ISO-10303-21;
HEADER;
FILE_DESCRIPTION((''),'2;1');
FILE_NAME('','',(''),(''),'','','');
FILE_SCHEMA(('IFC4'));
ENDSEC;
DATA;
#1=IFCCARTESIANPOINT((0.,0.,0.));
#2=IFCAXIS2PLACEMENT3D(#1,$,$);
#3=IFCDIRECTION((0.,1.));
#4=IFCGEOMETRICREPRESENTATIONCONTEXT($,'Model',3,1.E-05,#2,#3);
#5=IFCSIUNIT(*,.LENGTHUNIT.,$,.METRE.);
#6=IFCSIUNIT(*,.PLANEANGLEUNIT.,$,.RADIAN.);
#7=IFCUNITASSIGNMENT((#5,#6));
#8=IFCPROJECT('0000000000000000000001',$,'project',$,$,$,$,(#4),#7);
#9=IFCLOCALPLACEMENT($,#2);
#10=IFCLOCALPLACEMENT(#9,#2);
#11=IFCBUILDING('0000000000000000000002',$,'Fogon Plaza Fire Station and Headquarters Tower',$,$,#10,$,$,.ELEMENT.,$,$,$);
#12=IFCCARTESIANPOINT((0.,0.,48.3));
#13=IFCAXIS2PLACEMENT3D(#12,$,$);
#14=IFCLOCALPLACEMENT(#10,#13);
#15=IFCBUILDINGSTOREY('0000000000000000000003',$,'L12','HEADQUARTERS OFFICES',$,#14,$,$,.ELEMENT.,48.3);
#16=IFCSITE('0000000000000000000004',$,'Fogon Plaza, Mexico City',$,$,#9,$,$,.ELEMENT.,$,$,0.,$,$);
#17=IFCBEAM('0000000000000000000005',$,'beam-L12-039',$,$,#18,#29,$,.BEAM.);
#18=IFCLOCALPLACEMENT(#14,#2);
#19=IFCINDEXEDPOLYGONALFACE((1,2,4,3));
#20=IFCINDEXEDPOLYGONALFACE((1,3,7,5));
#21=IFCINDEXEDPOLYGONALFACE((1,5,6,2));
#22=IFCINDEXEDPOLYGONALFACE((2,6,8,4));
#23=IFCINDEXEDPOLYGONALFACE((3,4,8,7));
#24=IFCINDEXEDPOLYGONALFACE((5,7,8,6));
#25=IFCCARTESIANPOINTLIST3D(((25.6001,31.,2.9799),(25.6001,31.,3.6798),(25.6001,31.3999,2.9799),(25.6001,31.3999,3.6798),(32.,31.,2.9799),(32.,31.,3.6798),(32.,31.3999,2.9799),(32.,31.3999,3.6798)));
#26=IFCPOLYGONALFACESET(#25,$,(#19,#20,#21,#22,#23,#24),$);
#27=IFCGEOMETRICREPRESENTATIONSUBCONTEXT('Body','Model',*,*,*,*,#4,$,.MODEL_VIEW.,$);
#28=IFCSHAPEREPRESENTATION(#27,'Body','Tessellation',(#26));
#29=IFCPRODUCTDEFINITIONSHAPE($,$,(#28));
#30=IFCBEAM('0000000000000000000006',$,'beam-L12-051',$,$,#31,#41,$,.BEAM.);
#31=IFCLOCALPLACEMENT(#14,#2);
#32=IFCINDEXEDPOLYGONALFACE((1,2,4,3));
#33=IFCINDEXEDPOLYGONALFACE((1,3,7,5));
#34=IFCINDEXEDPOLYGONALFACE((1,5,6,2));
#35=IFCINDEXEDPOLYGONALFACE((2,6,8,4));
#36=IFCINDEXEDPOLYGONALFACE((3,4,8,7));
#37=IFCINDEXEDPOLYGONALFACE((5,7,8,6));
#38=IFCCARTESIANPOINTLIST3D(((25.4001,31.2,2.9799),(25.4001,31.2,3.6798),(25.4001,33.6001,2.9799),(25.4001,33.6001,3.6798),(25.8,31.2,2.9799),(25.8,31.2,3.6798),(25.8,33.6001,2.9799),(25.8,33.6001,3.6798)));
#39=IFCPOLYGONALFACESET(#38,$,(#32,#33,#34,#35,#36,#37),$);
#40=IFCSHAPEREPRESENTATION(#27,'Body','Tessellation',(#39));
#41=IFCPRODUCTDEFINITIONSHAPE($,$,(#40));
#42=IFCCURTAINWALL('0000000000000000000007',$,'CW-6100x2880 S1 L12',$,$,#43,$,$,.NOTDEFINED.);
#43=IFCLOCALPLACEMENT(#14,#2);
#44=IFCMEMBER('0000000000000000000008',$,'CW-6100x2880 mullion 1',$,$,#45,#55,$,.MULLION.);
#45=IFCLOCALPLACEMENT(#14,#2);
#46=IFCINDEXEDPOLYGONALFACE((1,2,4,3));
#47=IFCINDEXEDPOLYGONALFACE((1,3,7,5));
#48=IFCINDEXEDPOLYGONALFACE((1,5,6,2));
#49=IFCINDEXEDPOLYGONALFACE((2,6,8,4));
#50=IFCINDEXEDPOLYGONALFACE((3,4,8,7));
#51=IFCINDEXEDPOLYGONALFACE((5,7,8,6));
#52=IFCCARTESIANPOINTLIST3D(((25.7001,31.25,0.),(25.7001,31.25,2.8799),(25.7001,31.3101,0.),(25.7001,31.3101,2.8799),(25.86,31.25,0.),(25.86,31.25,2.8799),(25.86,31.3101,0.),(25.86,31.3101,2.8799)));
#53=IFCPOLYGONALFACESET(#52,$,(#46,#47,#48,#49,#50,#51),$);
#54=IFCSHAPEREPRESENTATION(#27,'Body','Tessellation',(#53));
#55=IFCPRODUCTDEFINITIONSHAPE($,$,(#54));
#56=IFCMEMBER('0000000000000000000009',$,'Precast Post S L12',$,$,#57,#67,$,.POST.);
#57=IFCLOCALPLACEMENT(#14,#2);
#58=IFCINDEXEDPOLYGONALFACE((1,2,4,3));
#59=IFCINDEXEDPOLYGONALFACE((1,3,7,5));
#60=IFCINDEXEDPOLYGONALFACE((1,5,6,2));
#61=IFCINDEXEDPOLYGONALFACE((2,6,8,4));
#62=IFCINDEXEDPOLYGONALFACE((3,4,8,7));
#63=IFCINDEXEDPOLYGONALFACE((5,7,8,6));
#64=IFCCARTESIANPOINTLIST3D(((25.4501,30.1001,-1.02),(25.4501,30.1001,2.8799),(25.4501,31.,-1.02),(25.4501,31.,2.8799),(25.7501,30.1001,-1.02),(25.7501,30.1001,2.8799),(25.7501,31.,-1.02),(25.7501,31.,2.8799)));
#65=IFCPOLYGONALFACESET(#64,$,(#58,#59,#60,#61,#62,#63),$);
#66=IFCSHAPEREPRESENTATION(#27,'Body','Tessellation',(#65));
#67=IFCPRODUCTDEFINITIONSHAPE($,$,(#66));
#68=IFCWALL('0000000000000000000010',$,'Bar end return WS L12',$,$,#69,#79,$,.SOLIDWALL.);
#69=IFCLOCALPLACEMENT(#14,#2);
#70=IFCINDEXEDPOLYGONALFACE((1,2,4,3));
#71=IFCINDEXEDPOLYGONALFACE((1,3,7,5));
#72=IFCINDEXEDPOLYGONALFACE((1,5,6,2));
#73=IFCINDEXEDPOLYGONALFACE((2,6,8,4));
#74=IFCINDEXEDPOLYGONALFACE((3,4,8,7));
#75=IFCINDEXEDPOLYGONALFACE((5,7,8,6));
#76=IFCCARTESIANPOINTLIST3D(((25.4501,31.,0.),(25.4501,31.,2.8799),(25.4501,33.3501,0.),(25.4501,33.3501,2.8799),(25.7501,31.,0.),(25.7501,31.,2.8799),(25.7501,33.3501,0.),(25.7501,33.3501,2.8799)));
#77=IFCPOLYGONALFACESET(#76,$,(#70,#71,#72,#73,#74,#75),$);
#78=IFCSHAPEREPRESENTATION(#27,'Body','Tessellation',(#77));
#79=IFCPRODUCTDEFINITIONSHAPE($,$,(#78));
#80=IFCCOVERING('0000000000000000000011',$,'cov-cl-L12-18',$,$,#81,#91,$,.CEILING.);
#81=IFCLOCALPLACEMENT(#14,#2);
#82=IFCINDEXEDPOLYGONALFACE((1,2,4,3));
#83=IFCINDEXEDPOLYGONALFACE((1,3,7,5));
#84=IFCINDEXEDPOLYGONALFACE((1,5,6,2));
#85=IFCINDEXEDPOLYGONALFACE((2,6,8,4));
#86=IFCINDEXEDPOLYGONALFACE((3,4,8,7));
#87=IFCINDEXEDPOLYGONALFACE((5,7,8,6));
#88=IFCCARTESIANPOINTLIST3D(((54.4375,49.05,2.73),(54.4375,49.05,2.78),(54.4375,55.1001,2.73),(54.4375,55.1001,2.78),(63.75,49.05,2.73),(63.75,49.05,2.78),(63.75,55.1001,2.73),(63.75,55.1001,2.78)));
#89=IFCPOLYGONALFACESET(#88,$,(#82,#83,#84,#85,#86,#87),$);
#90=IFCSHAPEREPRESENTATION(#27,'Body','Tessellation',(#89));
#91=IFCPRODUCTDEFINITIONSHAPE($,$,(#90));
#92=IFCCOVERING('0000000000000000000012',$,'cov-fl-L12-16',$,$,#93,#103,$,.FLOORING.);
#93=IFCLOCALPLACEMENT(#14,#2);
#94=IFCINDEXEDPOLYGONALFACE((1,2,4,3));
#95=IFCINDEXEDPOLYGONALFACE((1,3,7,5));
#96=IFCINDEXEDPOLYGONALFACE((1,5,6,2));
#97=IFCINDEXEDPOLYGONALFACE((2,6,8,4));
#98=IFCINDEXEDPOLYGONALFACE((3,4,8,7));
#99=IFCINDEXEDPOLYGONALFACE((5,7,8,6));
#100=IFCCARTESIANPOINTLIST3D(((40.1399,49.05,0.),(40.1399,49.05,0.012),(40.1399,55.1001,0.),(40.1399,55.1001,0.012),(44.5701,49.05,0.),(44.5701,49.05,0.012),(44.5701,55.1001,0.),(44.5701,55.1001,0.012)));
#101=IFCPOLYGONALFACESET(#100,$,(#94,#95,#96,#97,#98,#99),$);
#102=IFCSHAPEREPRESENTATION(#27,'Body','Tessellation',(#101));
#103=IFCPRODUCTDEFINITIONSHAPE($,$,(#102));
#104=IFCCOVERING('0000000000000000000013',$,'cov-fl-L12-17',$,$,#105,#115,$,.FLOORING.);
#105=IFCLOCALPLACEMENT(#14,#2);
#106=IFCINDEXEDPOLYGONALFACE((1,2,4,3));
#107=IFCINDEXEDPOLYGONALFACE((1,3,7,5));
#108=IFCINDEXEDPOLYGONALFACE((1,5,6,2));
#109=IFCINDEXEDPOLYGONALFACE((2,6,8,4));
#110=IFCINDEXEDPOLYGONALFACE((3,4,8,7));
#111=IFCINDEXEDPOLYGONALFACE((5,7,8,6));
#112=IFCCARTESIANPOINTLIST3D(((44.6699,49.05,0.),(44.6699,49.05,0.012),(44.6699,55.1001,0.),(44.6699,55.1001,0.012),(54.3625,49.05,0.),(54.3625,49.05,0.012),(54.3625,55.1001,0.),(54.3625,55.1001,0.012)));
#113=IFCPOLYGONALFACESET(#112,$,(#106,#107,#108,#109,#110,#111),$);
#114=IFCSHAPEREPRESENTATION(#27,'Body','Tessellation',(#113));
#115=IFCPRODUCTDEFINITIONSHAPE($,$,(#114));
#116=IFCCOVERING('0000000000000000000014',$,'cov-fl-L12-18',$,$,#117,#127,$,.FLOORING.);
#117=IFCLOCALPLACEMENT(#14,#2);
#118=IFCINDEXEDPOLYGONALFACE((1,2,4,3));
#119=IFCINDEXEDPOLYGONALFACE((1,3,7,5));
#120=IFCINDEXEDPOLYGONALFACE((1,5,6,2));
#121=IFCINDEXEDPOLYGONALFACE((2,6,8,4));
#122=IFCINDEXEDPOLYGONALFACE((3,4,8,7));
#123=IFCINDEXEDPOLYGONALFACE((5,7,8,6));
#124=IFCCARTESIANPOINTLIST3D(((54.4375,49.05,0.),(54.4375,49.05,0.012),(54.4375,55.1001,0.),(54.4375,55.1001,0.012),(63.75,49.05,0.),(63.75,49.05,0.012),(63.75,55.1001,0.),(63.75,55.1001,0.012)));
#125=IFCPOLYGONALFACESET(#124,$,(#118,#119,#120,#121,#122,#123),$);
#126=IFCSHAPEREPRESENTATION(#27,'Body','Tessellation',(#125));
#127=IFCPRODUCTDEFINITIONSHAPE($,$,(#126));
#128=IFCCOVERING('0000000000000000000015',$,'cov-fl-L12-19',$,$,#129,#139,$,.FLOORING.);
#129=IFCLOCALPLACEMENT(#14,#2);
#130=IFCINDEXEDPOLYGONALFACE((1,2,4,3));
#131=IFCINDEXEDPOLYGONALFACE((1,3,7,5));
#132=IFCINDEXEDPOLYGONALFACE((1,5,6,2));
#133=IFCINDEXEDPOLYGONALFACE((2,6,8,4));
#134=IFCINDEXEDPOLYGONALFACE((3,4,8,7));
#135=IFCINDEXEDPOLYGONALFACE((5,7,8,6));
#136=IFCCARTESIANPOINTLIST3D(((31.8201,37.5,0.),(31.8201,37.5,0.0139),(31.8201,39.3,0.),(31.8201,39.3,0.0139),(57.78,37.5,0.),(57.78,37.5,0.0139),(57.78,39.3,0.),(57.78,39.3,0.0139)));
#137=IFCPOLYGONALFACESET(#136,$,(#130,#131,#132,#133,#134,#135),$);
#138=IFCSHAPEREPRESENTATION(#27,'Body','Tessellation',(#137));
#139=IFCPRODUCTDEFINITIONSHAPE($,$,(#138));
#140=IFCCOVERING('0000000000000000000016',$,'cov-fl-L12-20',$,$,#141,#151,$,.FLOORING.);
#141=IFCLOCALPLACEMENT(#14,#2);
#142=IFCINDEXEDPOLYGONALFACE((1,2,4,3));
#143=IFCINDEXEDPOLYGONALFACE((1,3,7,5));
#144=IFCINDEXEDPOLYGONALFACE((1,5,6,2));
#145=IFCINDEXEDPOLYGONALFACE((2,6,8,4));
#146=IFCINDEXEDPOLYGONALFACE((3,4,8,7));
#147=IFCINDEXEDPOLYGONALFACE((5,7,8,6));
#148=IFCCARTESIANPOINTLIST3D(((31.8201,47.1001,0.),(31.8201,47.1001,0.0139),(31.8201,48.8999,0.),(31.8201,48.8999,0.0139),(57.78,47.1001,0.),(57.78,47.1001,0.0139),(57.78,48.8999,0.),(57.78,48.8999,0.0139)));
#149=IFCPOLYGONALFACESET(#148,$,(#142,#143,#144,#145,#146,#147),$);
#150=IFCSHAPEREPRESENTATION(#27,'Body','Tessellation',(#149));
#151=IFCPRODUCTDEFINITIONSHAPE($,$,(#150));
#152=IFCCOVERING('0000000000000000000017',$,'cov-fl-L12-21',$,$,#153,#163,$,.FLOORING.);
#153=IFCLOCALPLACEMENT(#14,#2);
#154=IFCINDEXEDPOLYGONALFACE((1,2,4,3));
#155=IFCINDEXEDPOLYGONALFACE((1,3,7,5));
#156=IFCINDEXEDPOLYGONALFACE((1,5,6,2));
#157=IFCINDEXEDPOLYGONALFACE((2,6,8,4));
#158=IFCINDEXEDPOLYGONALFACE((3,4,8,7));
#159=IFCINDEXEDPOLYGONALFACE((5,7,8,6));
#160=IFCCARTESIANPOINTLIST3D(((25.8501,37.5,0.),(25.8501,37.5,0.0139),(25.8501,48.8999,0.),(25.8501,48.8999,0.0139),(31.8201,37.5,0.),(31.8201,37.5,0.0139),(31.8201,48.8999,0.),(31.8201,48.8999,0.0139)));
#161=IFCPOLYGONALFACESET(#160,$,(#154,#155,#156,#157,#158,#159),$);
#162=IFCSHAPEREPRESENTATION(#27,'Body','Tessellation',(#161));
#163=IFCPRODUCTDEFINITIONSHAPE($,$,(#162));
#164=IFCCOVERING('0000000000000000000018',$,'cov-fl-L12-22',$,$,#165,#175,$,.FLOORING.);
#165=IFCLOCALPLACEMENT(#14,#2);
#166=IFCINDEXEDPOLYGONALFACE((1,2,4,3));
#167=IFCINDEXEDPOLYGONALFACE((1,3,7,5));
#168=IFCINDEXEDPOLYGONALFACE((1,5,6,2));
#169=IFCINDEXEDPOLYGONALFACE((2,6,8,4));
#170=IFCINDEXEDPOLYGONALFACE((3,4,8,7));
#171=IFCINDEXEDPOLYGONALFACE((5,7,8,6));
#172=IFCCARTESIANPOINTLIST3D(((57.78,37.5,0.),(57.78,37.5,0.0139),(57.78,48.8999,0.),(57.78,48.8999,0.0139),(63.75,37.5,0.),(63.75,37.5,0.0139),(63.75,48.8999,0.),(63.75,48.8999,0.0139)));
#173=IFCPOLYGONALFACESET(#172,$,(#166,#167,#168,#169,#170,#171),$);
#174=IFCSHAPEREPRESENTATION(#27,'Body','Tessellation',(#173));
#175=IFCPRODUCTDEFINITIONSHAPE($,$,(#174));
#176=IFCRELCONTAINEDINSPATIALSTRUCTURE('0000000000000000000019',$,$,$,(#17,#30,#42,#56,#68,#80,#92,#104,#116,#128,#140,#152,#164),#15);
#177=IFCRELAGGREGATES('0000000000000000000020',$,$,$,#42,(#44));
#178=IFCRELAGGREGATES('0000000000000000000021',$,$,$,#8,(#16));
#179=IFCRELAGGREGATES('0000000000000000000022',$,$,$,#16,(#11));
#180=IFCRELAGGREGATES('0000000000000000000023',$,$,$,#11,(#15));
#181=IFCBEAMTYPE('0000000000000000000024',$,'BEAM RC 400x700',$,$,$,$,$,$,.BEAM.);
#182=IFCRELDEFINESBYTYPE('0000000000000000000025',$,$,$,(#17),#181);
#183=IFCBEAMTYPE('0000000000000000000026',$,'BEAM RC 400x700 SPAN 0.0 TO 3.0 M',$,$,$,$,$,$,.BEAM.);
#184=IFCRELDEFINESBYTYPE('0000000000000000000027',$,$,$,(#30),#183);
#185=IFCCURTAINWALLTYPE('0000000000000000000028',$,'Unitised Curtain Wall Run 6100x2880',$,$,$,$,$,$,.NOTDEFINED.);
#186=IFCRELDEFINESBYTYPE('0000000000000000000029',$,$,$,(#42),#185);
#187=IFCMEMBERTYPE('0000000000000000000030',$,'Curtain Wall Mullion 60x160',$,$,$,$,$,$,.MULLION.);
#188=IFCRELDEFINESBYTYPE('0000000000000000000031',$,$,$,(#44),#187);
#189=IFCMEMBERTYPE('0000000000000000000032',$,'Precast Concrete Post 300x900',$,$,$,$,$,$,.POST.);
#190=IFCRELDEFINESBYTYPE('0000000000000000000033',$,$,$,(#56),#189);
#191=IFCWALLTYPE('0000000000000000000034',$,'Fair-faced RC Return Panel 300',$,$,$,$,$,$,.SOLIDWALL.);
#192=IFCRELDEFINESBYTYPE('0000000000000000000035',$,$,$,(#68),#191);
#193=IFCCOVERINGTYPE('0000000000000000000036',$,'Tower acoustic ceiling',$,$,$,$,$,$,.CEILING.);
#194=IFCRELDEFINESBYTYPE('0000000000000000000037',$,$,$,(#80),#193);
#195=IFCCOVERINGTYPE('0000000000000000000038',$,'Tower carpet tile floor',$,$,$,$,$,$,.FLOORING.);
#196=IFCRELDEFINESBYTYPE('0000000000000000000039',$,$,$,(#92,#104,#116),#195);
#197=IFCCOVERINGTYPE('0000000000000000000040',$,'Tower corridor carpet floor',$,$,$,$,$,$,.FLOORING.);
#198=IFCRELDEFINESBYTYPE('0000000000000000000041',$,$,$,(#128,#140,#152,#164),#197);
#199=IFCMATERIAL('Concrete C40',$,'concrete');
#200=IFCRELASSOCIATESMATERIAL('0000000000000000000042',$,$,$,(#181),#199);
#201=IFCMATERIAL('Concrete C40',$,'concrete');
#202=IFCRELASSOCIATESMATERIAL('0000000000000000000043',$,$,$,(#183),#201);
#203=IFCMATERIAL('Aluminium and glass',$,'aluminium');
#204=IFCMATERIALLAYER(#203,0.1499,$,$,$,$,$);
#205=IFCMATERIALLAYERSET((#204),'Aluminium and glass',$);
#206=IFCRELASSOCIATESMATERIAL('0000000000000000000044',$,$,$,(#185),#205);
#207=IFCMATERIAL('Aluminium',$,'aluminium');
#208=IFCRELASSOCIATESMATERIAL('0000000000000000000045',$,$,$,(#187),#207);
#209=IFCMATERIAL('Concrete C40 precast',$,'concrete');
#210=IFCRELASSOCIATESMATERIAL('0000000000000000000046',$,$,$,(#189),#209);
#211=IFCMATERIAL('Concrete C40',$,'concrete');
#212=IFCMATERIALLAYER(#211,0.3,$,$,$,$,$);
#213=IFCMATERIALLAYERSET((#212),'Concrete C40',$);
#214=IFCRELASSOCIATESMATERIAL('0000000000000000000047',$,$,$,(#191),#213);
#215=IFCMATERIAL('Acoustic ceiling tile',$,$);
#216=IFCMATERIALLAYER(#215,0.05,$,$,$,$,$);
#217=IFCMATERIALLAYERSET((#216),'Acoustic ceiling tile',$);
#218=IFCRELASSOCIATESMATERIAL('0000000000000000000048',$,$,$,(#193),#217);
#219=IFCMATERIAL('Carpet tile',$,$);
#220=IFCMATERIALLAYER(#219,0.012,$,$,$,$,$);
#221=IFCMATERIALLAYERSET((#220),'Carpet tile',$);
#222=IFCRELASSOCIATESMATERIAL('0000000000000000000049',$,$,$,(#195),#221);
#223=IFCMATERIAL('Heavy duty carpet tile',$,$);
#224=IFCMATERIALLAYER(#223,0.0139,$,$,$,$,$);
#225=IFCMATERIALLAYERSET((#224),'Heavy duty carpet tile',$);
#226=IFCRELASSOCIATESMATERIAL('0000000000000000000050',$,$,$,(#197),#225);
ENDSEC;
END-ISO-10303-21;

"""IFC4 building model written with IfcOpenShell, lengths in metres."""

from ifc_helpers import new_model, si_unit, direction, frame, frame_2d, origin, origin_2d, place, context, subcontext, project, spatial, polyline, rectangle, outline, extrude, material, layer, layer_set, material_profile, profile_set, type_object, element, aggregate, save


model = new_model("IFC4")

# Units and contexts
model_context = context("Model", 3, precision=1e-05, world=origin(), true_north=direction((0.0, 1.0)))
body_context = subcontext(model_context, "Body", "Model", "MODEL_VIEW")
ifc_project = project(units=[si_unit("LENGTHUNIT", "METRE"), si_unit("PLANEANGLEUNIT", "RADIAN")], contexts=[model_context])

# Site, building, storey
site_placement = place(None, origin())
site = spatial("IfcSite", under=ifc_project, at=site_placement, Name="Fogon Plaza, Mexico City", CompositionType="ELEMENT", RefElevation=0.0)
building_placement = place(site_placement, origin())
building = spatial("IfcBuilding", under=site, at=building_placement, Name="Fogon Plaza Fire Station and Headquarters Tower", CompositionType="ELEMENT")
storey_placement = place(building_placement, frame((0.0, 0.0, 48.3)))
storey = spatial("IfcBuildingStorey", under=building, at=storey_placement, Name="L12", Description="HEADQUARTERS OFFICES", CompositionType="ELEMENT", Elevation=48.3)

# Beams
ifc_material_1 = material(Name="Concrete C40", Category="concrete")
ifc_material_profile_1 = material_profile(ifc_material_1, rectangle(XDim=0.3999, YDim=0.7, at=origin_2d()), Name="RC 400x700")
ifc_profile_set_1 = profile_set([ifc_material_profile_1], Name="Concrete C40")
beam_type_1 = type_object("IfcBeamType", Name="BEAM RC 400x700", PredefinedType="BEAM", material=ifc_profile_set_1)
beam_1_placement = place(storey_placement, frame((25.6001, 31.2, 3.3298), z_axis=(1.0, 0.0, 0.0), x_axis=(0.0, 1.0, 0.0)))
element("IfcBeam", 1, at=beam_1_placement, inside=storey, type_object=beam_type_1, Name="beam-L12-039", PredefinedType="BEAM", context=body_context, shape_type="SweptSolid", body=[
    extrude(rectangle(XDim=0.3999, YDim=0.7, at=origin_2d()), origin(), (0.0, 0.0, 1.0), 6.3999),
])
ifc_material_2 = material(Name="Concrete C40", Category="concrete")
ifc_material_profile_2 = material_profile(ifc_material_2, rectangle(XDim=0.3999, YDim=0.7, at=origin_2d()), Name="RC 400x700")
ifc_profile_set_2 = profile_set([ifc_material_profile_2], Name="Concrete C40")
beam_type_2 = type_object("IfcBeamType", Name="BEAM RC 400x700 SPAN 0.0 TO 3.0 M", PredefinedType="BEAM", material=ifc_profile_set_2)
beam_2_placement = place(storey_placement, frame((25.6001, 31.2, 3.3298), z_axis=(0.0, 1.0, 0.0), x_axis=(-1.0, 0.0, 0.0)))
element("IfcBeam", 2, at=beam_2_placement, inside=storey, type_object=beam_type_2, Name="beam-L12-051", PredefinedType="BEAM", context=body_context, shape_type="SweptSolid", body=[
    extrude(rectangle(XDim=0.3999, YDim=0.7, at=origin_2d()), origin(), (0.0, 0.0, 1.0), 2.4001),
])

# Curtain wall, member
ifc_material_3 = material(Name="Aluminium and glass", Category="aluminium")
ifc_layer_1 = layer(ifc_material_3, 0.1499)
ifc_layer_set_1 = layer_set([ifc_layer_1], Name="Aluminium and glass")
curtain_wall_type = type_object("IfcCurtainWallType", Name="Unitised Curtain Wall Run 6100x2880", PredefinedType="NOTDEFINED", material=ifc_layer_set_1)
curtain_wall_placement = place(storey_placement, origin())
curtain_wall = element("IfcCurtainWall", 3, at=curtain_wall_placement, inside=storey, type_object=curtain_wall_type, Name="CW-6100x2880 S1 L12", PredefinedType="NOTDEFINED")
ifc_material_4 = material(Name="Aluminium", Category="aluminium")
ifc_material_profile_3 = material_profile(ifc_material_4, rectangle(XDim=0.0601, YDim=0.1599, at=origin_2d()), Name="Curtain Wall Mullion 60x160")
ifc_profile_set_3 = profile_set([ifc_material_profile_3], Name="Aluminium")
member_type_1 = type_object("IfcMemberType", Name="Curtain Wall Mullion 60x160", PredefinedType="MULLION", material=ifc_profile_set_3)
member_1_placement = place(storey_placement, frame((25.78, 31.28, 0.0), z_axis=(0.0, 0.0, 1.0), x_axis=(0.0, 1.0, 0.0)))
member_1 = element("IfcMember", 4, at=member_1_placement, type_object=member_type_1, Name="CW-6100x2880 mullion 1", PredefinedType="MULLION", context=body_context, shape_type="SweptSolid", body=[
    extrude(rectangle(XDim=0.0601, YDim=0.1599, at=origin_2d()), origin(), (0.0, 0.0, 1.0), 2.8799),
])
aggregate(curtain_wall, [member_1])

# Member
ifc_material_5 = material(Name="Concrete C40 precast", Category="concrete")
ifc_material_profile_4 = material_profile(ifc_material_5, rectangle(XDim=0.3, YDim=0.8999, at=origin_2d()), Name="Precast Concrete Post 300x900")
ifc_profile_set_4 = profile_set([ifc_material_profile_4], Name="Concrete C40 precast")
member_type_2 = type_object("IfcMemberType", Name="Precast Concrete Post 300x900", PredefinedType="POST", material=ifc_profile_set_4)
member_2_placement = place(storey_placement, frame((25.6001, 30.55, -1.02), z_axis=(0.0, 0.0, 1.0), x_axis=(1.0, 0.0, 0.0)))
element("IfcMember", 5, at=member_2_placement, inside=storey, type_object=member_type_2, Name="Precast Post S L12", PredefinedType="POST", context=body_context, shape_type="SweptSolid", body=[
    extrude(rectangle(XDim=0.3, YDim=0.8999, at=origin_2d()), origin(), (0.0, 0.0, 1.0), 3.8999),
])

# Wall
ifc_material_6 = material(Name="Concrete C40", Category="concrete")
ifc_layer_2 = layer(ifc_material_6, 0.3)
ifc_layer_set_2 = layer_set([ifc_layer_2], Name="Concrete C40")
wall_type = type_object("IfcWallType", Name="Fair-faced RC Return Panel 300", PredefinedType="SOLIDWALL", material=ifc_layer_set_2)
wall_placement = place(storey_placement, frame((25.6001, 31.0, 0.0), z_axis=(0.0, 0.0, 1.0), x_axis=(0.0, 1.0, 0.0)))
element("IfcWall", 6, at=wall_placement, inside=storey, type_object=wall_type, Name="Bar end return WS L12", PredefinedType="SOLIDWALL", context=body_context, shape_type="SweptSolid", body=[
    extrude(rectangle(XDim=2.3501, YDim=0.3, at=frame_2d((1.175, 0.0))), origin(), (0.0, 0.0, 1.0), 2.8799),
])

# Coverings
ifc_material_7 = material(Name="Acoustic ceiling tile")
ifc_layer_3 = layer(ifc_material_7, 0.05)
ifc_layer_set_3 = layer_set([ifc_layer_3], Name="Acoustic ceiling tile")
covering_type_1 = type_object("IfcCoveringType", Name="Tower acoustic ceiling", PredefinedType="CEILING", material=ifc_layer_set_3)
covering_1_placement = place(storey_placement, frame((0.0, 0.0, 2.73)))
element("IfcCovering", 7, at=covering_1_placement, inside=storey, type_object=covering_type_1, Name="cov-cl-L12-18", PredefinedType="CEILING", context=body_context, shape_type="SweptSolid", body=[
    extrude(outline(polyline([(63.75, 49.05), (63.75, 55.1001), (54.4375, 55.1001), (54.4375, 49.05), (63.75, 49.05)])), origin(), (0.0, 0.0, 1.0), 0.05),
])
ifc_material_8 = material(Name="Carpet tile")
ifc_layer_4 = layer(ifc_material_8, 0.012)
ifc_layer_set_4 = layer_set([ifc_layer_4], Name="Carpet tile")
covering_type_2 = type_object("IfcCoveringType", Name="Tower carpet tile floor", PredefinedType="FLOORING", material=ifc_layer_set_4)
covering_2_placement = place(storey_placement, origin())
element("IfcCovering", 8, at=covering_2_placement, inside=storey, type_object=covering_type_2, Name="cov-fl-L12-16", PredefinedType="FLOORING", context=body_context, shape_type="SweptSolid", body=[
    extrude(outline(polyline([(44.5701, 49.05), (44.5701, 55.1001), (40.1399, 55.1001), (40.1399, 49.05), (44.5701, 49.05)])), origin(), (0.0, 0.0, 1.0), 0.012),
])
covering_3_placement = place(storey_placement, origin())
element("IfcCovering", 9, at=covering_3_placement, inside=storey, type_object=covering_type_2, Name="cov-fl-L12-17", PredefinedType="FLOORING", context=body_context, shape_type="SweptSolid", body=[
    extrude(outline(polyline([(54.3625, 49.05), (54.3625, 55.1001), (44.6699, 55.1001), (44.6699, 49.05), (54.3625, 49.05)])), origin(), (0.0, 0.0, 1.0), 0.012),
])
covering_4_placement = place(storey_placement, origin())
element("IfcCovering", 10, at=covering_4_placement, inside=storey, type_object=covering_type_2, Name="cov-fl-L12-18", PredefinedType="FLOORING", context=body_context, shape_type="SweptSolid", body=[
    extrude(outline(polyline([(63.75, 49.05), (63.75, 55.1001), (54.4375, 55.1001), (54.4375, 49.05), (63.75, 49.05)])), origin(), (0.0, 0.0, 1.0), 0.012),
])
ifc_material_9 = material(Name="Heavy duty carpet tile")
ifc_layer_5 = layer(ifc_material_9, 0.0139)
ifc_layer_set_5 = layer_set([ifc_layer_5], Name="Heavy duty carpet tile")
covering_type_3 = type_object("IfcCoveringType", Name="Tower corridor carpet floor", PredefinedType="FLOORING", material=ifc_layer_set_5)
covering_5_placement = place(storey_placement, origin())
element("IfcCovering", 11, at=covering_5_placement, inside=storey, type_object=covering_type_3, Name="cov-fl-L12-19", PredefinedType="FLOORING", context=body_context, shape_type="SweptSolid", body=[
    extrude(outline(polyline([(57.78, 37.5), (57.78, 39.3), (31.8201, 39.3), (31.8201, 37.5), (57.78, 37.5)])), origin(), (0.0, 0.0, 1.0), 0.0139),
])
covering_6_placement = place(storey_placement, origin())
element("IfcCovering", 12, at=covering_6_placement, inside=storey, type_object=covering_type_3, Name="cov-fl-L12-20", PredefinedType="FLOORING", context=body_context, shape_type="SweptSolid", body=[
    extrude(outline(polyline([(57.78, 47.1001), (57.78, 48.8999), (31.8201, 48.8999), (31.8201, 47.1001), (57.78, 47.1001)])), origin(), (0.0, 0.0, 1.0), 0.0139),
])
covering_7_placement = place(storey_placement, origin())
element("IfcCovering", 13, at=covering_7_placement, inside=storey, type_object=covering_type_3, Name="cov-fl-L12-21", PredefinedType="FLOORING", context=body_context, shape_type="SweptSolid", body=[
    extrude(outline(polyline([(31.8201, 37.5), (31.8201, 48.8999), (25.8501, 48.8999), (25.8501, 37.5), (31.8201, 37.5)])), origin(), (0.0, 0.0, 1.0), 0.0139),
])
covering_8_placement = place(storey_placement, origin())
element("IfcCovering", 14, at=covering_8_placement, inside=storey, type_object=covering_type_3, Name="cov-fl-L12-22", PredefinedType="FLOORING", context=body_context, shape_type="SweptSolid", body=[
    extrude(outline(polyline([(63.75, 37.5), (63.75, 48.8999), (57.78, 48.8999), (57.78, 37.5), (63.75, 37.5)])), origin(), (0.0, 0.0, 1.0), 0.0139),
])

save(model, "model.ifc")
